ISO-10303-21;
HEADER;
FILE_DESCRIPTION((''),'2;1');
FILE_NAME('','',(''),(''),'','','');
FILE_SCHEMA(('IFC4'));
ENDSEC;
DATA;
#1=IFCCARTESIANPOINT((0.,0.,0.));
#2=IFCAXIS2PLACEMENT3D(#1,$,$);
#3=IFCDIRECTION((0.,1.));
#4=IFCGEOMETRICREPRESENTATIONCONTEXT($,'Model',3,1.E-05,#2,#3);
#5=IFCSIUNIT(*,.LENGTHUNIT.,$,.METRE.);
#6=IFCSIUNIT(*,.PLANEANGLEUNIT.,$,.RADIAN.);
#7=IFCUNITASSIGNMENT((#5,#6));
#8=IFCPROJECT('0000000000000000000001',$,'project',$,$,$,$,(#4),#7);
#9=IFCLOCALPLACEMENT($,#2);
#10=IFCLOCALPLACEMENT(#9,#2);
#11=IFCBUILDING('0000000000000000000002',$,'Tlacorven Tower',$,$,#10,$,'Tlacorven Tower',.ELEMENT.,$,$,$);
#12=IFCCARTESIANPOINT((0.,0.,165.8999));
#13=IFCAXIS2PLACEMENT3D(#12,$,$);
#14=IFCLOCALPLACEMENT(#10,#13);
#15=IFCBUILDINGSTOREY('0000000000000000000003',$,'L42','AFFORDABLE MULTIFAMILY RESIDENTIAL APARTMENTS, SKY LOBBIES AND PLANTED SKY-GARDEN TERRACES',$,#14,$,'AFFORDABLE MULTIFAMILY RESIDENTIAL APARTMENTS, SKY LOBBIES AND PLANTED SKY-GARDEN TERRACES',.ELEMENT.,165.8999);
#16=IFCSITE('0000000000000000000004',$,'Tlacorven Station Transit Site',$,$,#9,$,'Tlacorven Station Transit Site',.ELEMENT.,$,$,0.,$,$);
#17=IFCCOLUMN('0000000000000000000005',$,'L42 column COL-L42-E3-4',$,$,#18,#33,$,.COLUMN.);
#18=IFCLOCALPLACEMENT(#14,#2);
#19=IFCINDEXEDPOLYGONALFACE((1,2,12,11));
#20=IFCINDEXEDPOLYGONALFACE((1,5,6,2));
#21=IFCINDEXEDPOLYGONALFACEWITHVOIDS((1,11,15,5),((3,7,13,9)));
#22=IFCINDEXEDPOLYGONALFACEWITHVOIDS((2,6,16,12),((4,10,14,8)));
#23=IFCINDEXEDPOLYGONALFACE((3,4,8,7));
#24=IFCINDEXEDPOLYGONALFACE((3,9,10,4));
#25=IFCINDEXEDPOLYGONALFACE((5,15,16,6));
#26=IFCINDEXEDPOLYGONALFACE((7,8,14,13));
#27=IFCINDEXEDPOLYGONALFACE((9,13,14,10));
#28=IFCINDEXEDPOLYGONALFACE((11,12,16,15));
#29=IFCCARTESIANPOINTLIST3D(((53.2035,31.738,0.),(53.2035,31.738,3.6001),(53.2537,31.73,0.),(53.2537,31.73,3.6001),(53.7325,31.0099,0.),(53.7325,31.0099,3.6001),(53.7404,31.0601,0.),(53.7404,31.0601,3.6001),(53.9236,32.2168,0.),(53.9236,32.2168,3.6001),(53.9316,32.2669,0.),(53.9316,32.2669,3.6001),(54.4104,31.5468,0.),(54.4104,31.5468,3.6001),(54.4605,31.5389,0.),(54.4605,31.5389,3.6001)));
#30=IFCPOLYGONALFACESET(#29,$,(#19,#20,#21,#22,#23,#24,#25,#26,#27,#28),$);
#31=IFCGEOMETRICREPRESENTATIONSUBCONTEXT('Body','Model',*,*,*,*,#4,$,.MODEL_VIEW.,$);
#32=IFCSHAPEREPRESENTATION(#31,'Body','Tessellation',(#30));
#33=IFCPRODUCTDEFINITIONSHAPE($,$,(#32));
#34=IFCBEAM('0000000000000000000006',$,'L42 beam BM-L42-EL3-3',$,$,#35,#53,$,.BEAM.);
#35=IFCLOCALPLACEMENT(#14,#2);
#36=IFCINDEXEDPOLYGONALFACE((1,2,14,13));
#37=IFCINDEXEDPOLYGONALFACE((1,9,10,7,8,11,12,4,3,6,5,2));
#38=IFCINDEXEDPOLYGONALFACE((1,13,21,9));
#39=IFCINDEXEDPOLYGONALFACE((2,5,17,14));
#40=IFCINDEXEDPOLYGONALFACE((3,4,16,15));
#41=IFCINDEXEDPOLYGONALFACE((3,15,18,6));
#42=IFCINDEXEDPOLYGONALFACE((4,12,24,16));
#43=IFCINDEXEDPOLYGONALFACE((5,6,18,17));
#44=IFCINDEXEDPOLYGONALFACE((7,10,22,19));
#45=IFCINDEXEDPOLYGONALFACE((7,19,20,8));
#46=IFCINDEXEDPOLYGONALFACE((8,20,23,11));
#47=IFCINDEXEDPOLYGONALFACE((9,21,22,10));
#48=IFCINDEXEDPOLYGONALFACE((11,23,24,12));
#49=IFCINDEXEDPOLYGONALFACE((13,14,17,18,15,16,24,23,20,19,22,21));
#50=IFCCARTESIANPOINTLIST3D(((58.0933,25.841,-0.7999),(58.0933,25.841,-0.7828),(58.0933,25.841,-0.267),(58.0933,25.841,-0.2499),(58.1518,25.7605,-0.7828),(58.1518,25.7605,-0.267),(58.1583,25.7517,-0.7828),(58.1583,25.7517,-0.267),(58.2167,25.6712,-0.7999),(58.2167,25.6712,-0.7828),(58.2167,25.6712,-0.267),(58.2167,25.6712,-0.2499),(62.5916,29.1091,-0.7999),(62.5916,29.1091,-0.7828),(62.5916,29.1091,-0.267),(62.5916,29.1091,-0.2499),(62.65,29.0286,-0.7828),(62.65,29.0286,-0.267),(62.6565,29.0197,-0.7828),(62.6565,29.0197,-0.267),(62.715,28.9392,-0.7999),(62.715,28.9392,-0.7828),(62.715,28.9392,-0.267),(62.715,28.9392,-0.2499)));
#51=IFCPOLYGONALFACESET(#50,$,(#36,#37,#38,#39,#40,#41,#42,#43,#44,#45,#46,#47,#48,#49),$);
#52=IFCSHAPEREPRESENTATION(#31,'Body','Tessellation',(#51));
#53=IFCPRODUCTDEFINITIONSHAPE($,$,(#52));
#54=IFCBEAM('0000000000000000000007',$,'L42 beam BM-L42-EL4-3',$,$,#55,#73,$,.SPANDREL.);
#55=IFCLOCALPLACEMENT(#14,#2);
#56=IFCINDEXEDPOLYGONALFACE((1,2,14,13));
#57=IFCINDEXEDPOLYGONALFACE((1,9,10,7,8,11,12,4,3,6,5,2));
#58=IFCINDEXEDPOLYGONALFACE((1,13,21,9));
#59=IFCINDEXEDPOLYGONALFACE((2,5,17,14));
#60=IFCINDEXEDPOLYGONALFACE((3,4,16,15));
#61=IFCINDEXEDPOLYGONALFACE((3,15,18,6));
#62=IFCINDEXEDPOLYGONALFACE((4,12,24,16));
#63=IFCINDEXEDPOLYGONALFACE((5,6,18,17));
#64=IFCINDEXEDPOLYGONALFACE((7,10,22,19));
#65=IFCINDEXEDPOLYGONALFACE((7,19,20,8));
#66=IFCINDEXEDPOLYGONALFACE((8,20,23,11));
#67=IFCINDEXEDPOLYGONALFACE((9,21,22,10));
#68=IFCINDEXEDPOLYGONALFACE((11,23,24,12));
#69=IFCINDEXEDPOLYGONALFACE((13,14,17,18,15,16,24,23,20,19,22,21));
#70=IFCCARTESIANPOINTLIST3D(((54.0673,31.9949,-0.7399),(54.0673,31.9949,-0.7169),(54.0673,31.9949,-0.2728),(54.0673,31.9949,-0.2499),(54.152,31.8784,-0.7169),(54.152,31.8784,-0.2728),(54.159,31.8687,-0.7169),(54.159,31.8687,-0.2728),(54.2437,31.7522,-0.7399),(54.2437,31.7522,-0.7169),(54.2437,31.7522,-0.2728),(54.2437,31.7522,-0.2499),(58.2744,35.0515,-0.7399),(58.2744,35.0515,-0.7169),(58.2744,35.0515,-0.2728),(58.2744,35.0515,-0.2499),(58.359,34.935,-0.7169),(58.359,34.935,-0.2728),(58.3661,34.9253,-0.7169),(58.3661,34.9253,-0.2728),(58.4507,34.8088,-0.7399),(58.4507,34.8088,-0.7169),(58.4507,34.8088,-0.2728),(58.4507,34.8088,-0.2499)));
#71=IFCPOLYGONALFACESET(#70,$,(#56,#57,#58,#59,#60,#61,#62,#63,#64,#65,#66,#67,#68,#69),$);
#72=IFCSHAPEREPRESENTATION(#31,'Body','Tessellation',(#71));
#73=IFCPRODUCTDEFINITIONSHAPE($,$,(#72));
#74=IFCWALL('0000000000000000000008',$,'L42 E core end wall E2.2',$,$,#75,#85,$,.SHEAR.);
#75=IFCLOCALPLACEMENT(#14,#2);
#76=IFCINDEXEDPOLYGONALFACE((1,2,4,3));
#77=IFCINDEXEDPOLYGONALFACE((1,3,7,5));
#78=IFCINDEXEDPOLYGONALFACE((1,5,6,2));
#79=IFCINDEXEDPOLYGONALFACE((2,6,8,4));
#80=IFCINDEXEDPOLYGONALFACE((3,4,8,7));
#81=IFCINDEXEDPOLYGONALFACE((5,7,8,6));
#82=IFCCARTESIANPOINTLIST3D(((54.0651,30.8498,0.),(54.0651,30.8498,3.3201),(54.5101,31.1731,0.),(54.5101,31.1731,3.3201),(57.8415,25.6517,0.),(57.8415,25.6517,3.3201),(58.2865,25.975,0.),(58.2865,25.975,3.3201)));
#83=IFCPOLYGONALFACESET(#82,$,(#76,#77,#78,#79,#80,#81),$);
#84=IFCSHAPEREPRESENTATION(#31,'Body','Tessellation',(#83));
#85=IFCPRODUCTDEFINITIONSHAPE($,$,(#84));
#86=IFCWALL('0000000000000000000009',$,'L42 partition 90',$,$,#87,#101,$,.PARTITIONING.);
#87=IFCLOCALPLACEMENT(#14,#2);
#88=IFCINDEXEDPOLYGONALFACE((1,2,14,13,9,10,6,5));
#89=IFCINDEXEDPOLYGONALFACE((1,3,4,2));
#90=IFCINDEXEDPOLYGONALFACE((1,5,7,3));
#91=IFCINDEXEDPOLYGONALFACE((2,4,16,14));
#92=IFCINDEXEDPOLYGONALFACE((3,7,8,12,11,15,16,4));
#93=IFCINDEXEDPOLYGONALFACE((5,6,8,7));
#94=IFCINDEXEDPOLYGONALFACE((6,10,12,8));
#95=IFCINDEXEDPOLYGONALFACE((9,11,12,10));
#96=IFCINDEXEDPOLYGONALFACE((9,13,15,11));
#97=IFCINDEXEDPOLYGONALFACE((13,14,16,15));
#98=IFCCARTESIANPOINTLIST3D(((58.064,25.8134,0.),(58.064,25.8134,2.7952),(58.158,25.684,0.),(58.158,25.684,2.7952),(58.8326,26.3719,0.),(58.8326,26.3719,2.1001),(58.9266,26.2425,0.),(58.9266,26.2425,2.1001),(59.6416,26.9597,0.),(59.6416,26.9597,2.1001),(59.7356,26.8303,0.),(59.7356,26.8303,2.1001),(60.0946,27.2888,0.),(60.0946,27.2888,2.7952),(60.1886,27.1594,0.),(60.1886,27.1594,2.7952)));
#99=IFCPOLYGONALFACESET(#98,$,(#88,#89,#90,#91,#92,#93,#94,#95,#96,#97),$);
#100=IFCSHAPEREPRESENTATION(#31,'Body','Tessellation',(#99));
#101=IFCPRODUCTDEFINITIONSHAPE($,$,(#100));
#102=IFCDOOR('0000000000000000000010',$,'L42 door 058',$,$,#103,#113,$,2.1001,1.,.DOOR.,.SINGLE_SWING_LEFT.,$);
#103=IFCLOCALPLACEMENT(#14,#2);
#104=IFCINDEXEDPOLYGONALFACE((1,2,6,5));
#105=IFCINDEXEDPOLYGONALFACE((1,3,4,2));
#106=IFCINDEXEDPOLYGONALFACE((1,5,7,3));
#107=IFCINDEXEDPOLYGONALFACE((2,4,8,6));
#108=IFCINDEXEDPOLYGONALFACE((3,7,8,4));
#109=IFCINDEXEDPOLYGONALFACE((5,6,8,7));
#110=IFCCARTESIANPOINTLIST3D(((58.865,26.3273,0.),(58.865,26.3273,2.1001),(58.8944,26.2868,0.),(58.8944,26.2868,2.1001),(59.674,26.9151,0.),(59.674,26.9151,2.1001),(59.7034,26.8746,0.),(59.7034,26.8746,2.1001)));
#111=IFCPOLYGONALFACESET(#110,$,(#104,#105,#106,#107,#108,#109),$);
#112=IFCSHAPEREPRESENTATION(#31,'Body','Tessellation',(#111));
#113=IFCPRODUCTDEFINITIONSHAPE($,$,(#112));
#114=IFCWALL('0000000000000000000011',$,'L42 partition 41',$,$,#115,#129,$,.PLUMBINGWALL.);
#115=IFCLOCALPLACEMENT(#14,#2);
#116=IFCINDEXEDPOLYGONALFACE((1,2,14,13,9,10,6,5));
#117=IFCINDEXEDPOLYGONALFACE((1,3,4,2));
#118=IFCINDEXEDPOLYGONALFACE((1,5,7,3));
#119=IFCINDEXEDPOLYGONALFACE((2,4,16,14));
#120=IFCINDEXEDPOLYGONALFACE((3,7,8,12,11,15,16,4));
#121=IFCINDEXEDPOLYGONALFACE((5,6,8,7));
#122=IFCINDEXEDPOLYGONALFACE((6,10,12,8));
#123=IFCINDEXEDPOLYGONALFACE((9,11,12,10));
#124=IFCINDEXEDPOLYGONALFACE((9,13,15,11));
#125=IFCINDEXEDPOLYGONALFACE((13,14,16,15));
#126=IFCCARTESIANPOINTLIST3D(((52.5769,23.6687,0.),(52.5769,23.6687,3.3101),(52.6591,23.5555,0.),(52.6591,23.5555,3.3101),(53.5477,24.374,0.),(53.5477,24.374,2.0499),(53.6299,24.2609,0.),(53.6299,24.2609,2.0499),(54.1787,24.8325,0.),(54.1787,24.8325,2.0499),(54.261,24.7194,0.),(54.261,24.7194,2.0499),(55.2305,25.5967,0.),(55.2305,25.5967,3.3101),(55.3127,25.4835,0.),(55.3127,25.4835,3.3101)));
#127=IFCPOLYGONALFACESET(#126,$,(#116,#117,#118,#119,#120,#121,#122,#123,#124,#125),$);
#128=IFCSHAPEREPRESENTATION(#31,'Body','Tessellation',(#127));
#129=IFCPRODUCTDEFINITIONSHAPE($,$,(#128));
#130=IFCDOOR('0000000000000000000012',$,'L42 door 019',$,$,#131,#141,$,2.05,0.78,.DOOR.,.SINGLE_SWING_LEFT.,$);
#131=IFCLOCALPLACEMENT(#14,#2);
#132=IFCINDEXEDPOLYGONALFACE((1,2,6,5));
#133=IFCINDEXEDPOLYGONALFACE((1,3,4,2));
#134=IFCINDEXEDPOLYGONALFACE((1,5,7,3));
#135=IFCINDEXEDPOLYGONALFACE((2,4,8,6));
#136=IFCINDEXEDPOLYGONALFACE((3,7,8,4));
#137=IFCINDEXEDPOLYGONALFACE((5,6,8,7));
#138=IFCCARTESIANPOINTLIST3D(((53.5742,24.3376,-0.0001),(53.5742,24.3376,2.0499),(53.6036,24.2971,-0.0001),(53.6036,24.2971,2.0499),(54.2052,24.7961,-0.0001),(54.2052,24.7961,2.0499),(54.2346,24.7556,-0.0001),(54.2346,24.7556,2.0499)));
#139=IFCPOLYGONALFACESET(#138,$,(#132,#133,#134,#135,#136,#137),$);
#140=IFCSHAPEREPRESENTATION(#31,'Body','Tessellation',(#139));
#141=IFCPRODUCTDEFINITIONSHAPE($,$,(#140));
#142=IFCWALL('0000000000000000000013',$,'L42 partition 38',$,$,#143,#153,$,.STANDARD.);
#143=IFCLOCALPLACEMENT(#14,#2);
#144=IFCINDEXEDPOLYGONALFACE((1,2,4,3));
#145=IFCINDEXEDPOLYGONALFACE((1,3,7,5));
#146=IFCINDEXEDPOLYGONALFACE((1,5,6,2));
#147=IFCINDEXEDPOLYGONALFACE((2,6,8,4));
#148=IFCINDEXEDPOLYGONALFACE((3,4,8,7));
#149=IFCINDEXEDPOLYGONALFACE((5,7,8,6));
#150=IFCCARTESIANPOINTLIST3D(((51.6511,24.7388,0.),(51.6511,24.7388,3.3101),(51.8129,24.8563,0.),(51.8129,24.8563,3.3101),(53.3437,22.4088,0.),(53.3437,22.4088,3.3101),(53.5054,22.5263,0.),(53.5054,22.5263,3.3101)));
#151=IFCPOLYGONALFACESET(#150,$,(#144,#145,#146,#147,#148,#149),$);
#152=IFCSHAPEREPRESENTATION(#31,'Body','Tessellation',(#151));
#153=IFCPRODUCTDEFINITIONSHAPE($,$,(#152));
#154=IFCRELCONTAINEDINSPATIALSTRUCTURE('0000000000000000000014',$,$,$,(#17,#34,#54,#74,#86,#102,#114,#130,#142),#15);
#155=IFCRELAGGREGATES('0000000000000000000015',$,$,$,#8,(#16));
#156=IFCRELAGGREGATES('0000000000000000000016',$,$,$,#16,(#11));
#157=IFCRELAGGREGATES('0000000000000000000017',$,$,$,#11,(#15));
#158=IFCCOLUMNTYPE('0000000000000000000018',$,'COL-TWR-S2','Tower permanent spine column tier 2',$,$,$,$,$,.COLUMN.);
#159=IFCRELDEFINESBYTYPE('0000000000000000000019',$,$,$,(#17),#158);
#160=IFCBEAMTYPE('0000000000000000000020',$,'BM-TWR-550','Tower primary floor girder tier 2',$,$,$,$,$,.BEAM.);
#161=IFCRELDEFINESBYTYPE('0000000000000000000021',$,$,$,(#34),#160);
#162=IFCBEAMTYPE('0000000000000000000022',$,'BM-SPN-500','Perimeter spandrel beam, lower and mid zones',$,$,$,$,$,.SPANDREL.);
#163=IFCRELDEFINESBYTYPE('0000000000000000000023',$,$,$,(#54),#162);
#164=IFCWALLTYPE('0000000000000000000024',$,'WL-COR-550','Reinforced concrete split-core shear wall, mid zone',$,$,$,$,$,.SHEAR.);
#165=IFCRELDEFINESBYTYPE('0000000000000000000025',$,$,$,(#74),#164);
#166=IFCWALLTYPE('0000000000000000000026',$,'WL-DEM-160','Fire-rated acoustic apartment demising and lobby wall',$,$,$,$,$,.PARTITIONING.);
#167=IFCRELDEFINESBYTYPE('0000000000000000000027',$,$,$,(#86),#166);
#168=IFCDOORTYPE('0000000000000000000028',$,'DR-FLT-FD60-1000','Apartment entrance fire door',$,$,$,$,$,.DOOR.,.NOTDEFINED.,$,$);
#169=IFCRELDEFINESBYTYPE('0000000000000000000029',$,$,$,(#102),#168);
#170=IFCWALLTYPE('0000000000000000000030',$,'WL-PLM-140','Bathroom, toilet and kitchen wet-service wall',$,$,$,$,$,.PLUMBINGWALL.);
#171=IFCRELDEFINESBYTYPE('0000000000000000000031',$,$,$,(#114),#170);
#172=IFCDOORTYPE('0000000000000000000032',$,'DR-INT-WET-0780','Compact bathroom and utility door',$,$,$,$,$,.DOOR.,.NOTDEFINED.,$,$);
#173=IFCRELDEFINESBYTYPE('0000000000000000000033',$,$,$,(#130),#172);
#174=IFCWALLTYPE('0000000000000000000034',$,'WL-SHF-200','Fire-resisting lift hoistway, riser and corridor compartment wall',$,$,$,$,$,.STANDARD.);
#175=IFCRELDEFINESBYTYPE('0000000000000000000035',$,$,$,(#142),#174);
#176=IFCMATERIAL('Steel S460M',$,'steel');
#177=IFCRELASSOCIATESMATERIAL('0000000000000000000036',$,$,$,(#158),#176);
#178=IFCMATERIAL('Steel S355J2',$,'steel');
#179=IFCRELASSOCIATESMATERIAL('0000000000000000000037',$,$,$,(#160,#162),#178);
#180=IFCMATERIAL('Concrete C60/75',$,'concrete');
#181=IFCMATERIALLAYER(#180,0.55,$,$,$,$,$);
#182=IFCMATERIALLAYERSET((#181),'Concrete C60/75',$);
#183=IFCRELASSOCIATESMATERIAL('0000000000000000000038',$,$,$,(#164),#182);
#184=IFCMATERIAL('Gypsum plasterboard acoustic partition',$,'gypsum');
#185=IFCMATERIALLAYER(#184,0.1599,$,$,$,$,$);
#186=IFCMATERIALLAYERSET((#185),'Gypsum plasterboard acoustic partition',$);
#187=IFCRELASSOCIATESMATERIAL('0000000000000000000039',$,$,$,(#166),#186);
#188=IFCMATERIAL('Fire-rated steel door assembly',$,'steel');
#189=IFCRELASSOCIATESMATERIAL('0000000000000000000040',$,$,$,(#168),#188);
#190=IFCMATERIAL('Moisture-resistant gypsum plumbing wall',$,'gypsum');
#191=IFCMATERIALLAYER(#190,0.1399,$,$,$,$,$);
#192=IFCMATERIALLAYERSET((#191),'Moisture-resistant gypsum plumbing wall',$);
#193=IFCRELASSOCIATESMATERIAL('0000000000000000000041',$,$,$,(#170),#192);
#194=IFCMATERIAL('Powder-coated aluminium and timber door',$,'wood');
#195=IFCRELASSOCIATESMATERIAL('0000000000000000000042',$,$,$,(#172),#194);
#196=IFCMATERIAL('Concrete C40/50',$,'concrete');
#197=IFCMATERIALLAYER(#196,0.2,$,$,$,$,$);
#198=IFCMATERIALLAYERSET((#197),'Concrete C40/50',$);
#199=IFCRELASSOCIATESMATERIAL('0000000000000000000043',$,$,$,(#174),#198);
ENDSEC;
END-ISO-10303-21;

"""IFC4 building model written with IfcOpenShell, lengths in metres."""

from ifc_helpers import new_model, si_unit, direction, frame, frame_2d, origin, origin_2d, place, context, subcontext, project, spatial, rectangle, hollow_rectangle, i_section, extrude, source, transform, mapped, material, layer, layer_set, material_profile, profile_set, type_object, element, fill, save


model = new_model("IFC4")

# Units and contexts
model_context = context("Model", 3, precision=1e-05, world=origin(), true_north=direction((0.0, 1.0)))
body_context = subcontext(model_context, "Body", "Model", "MODEL_VIEW")
ifc_project = project(units=[si_unit("LENGTHUNIT", "METRE"), si_unit("PLANEANGLEUNIT", "RADIAN")], contexts=[model_context])

# Site, building, storey
site_placement = place(None, origin())
site = spatial("IfcSite", under=ifc_project, at=site_placement, Name="Tlacorven Station Transit Site", LongName="Tlacorven Station Transit Site", CompositionType="ELEMENT", RefElevation=0.0)
building_placement = place(site_placement, origin())
building = spatial("IfcBuilding", under=site, at=building_placement, Name="Tlacorven Tower", LongName="Tlacorven Tower", CompositionType="ELEMENT")
storey_placement = place(building_placement, frame((0.0, 0.0, 165.8999)))
storey = spatial("IfcBuildingStorey", under=building, at=storey_placement, Name="L42", Description="AFFORDABLE MULTIFAMILY RESIDENTIAL APARTMENTS, SKY LOBBIES AND PLANTED SKY-GARDEN TERRACES", LongName="AFFORDABLE MULTIFAMILY RESIDENTIAL APARTMENTS, SKY LOBBIES AND PLANTED SKY-GARDEN TERRACES", CompositionType="ELEMENT", Elevation=165.8999)

# Column
ifc_material_1 = material(Name="Steel S460M", Category="steel")
ifc_material_profile_1 = material_profile(ifc_material_1, hollow_rectangle(XDim=0.8999, YDim=0.8999, WallThickness=0.0359, at=origin_2d()), Name="BOX 900X900X36")
ifc_profile_set_1 = profile_set([ifc_material_profile_1], Name="Steel S460M")
column_type = type_object("IfcColumnType", Name="COL-TWR-S2", Description="Tower permanent spine column tier 2", PredefinedType="COLUMN", material=ifc_profile_set_1)
shared_shape_1 = source(origin(), body_context, "Body", "SweptSolid", [
    extrude(hollow_rectangle(XDim=0.8999, YDim=0.8999, WallThickness=0.0359, at=origin_2d()), origin(), (0.0, 0.0, 1.0), 3.6001),
])
column_placement = place(storey_placement, frame((53.832, 31.6384, 0.0), z_axis=(0.0, 0.0, 1.0), x_axis=(0.809017, 0.587785, 0.0)))
element("IfcColumn", 1, at=column_placement, inside=storey, type_object=column_type, Name="L42 column COL-L42-E3-4", PredefinedType="COLUMN", context=body_context, shape_type="MappedRepresentation", body=[
    mapped(shared_shape_1, transform((0.0, 0.0, 0.0), scale=1.0)),
])

# Beams
ifc_material_2 = material(Name="Steel S355J2", Category="steel")
ifc_material_profile_2 = material_profile(ifc_material_2, i_section(OverallWidth=0.21, OverallDepth=0.55, WebThickness=0.011, FlangeThickness=0.0171, at=origin_2d()), Name="IPE 550")
ifc_profile_set_2 = profile_set([ifc_material_profile_2], Name="Steel S355J2")
beam_type_1 = type_object("IfcBeamType", Name="BM-TWR-550", Description="Tower primary floor girder tier 2", PredefinedType="BEAM", material=ifc_profile_set_2)
shared_shape_2 = source(origin(), body_context, "Body", "SweptSolid", [
    extrude(i_section(OverallWidth=0.21, OverallDepth=0.55, WebThickness=0.011, FlangeThickness=0.0171, at=origin_2d()), origin(), (0.0, 0.0, 1.0), 5.5601),
])
beam_1_placement = place(storey_placement, frame((58.155, 25.7561, -0.5249), z_axis=(0.809028, 0.58777, 0.0), x_axis=(-0.58777, 0.809028, 0.0)))
element("IfcBeam", 2, at=beam_1_placement, inside=storey, type_object=beam_type_1, Name="L42 beam BM-L42-EL3-3", PredefinedType="BEAM", context=body_context, shape_type="MappedRepresentation", body=[
    mapped(shared_shape_2, transform((0.0, 0.0, 0.0), scale=1.0)),
])
ifc_material_profile_3 = material_profile(ifc_material_2, i_section(OverallWidth=0.3, OverallDepth=0.49, WebThickness=0.012, FlangeThickness=0.0229, at=origin_2d()), Name="HEA 500")
ifc_profile_set_3 = profile_set([ifc_material_profile_3], Name="Steel S355J2")
beam_type_2 = type_object("IfcBeamType", Name="BM-SPN-500", Description="Perimeter spandrel beam, lower and mid zones", PredefinedType="SPANDREL", material=ifc_profile_set_3)
shared_shape_3 = source(origin(), body_context, "Body", "SweptSolid", [
    extrude(i_section(OverallWidth=0.3, OverallDepth=0.49, WebThickness=0.012, FlangeThickness=0.0229, at=origin_2d()), origin(), (0.0, 0.0, 1.0), 5.2002),
])
beam_2_placement = place(storey_placement, frame((54.1555, 31.8735, -0.4949), z_axis=(0.809012, 0.587792, 0.0), x_axis=(-0.587792, 0.809012, 0.0)))
element("IfcBeam", 3, at=beam_2_placement, inside=storey, type_object=beam_type_2, Name="L42 beam BM-L42-EL4-3", PredefinedType="SPANDREL", context=body_context, shape_type="MappedRepresentation", body=[
    mapped(shared_shape_3, transform((0.0, 0.0, 0.0), scale=1.0)),
])

# Wall
ifc_material_3 = material(Name="Concrete C60/75", Category="concrete")
ifc_layer_1 = layer(ifc_material_3, 0.55)
ifc_layer_set_1 = layer_set([ifc_layer_1], Name="Concrete C60/75")
wall_type_1 = type_object("IfcWallType", Name="WL-COR-550", Description="Reinforced concrete split-core shear wall, mid zone", PredefinedType="SHEAR", material=ifc_layer_set_1)
wall_1_placement = place(storey_placement, frame((58.064, 25.8135, 0.0), z_axis=(0.0, 0.0, 1.0), x_axis=(-0.587765, 0.809032, 0.0)))
element("IfcWall", 4, at=wall_1_placement, inside=storey, type_object=wall_type_1, Name="L42 E core end wall E2.2", PredefinedType="SHEAR", context=body_context, shape_type="SweptSolid", body=[
    extrude(rectangle(XDim=6.425, YDim=0.55, at=frame_2d((3.2124, 0.0))), origin(), (0.0, 0.0, 1.0), 3.3201),
])

# Walls, openings, doors
ifc_material_4 = material(Name="Gypsum plasterboard acoustic partition", Category="gypsum")
ifc_layer_2 = layer(ifc_material_4, 0.1599)
ifc_layer_set_2 = layer_set([ifc_layer_2], Name="Gypsum plasterboard acoustic partition")
wall_type_2 = type_object("IfcWallType", Name="WL-DEM-160", Description="Fire-rated acoustic apartment demising and lobby wall", PredefinedType="PARTITIONING", material=ifc_layer_set_2)
wall_2_placement = place(storey_placement, frame((58.1111, 25.7488, 0.0), z_axis=(0.0, 0.0, 1.0), x_axis=(0.809001, 0.587807, 0.0)))
wall_2 = element("IfcWall", 5, at=wall_2_placement, inside=storey, type_object=wall_type_2, Name="L42 partition 90", PredefinedType="PARTITIONING", context=body_context, shape_type="SweptSolid", body=[
    extrude(rectangle(XDim=2.51, YDim=0.1599, at=frame_2d((1.2549, 0.0))), origin(), (0.0, 0.0, 1.0), 2.7952),
])
opening_1_placement = place(wall_2_placement, frame((0.95, 0.0, 0.0)))
opening_1 = element("IfcOpeningElement", 6, at=opening_1_placement, cuts=wall_2, PredefinedType="OPENING", context=body_context, shape_type="SweptSolid", body=[
    extrude(rectangle(XDim=1.0, YDim=2.1001, at=frame_2d((0.5, 1.05))), frame((0.0, 0.0898, 0.0), z_axis=(0.0, -1.0, 0.0), x_axis=(1.0, 0.0, 0.0)), (0.0, 0.0, 1.0), 0.1799),
])
ifc_material_5 = material(Name="Fire-rated steel door assembly", Category="steel")
door_type_1 = type_object("IfcDoorType", Name="DR-FLT-FD60-1000", Description="Apartment entrance fire door", OperationType="NOTDEFINED", PredefinedType="DOOR", material=ifc_material_5)
shared_shape_4 = source(origin(), body_context, "Body", "SweptSolid", [
    extrude(rectangle(XDim=1.0, YDim=2.1001, at=frame_2d((0.5, 1.05))), frame((0.0, 0.0249, 0.0), z_axis=(0.0, -1.0, 0.0), x_axis=(1.0, 0.0, 0.0)), (0.0, 0.0, 1.0), 0.05),
])
door_1_placement = place(opening_1_placement, origin())
door_1 = element("IfcDoor", 7, at=door_1_placement, inside=storey, type_object=door_type_1, Name="L42 door 058", OperationType="SINGLE_SWING_LEFT", OverallHeight=2.1001, OverallWidth=1.0, PredefinedType="DOOR", context=body_context, shape_type="MappedRepresentation", body=[
    mapped(shared_shape_4, transform((0.0, 0.0, 0.0), scale=1.0)),
])
fill(opening_1, door_1)
ifc_material_6 = material(Name="Moisture-resistant gypsum plumbing wall", Category="gypsum")
ifc_layer_3 = layer(ifc_material_6, 0.1399)
ifc_layer_set_3 = layer_set([ifc_layer_3], Name="Moisture-resistant gypsum plumbing wall")
wall_type_3 = type_object("IfcWallType", Name="WL-PLM-140", Description="Bathroom, toilet and kitchen wet-service wall", PredefinedType="PLUMBINGWALL", material=ifc_layer_set_3)
wall_3_placement = place(storey_placement, frame((52.6179, 23.6121, 0.0), z_axis=(0.0, 0.0, 1.0), x_axis=(0.80901, 0.587795, 0.0)))
wall_3 = element("IfcWall", 8, at=wall_3_placement, inside=storey, type_object=wall_type_3, Name="L42 partition 41", PredefinedType="PLUMBINGWALL", context=body_context, shape_type="SweptSolid", body=[
    extrude(rectangle(XDim=3.28, YDim=0.1399, at=frame_2d((1.6401, 0.0))), origin(), (0.0, 0.0, 1.0), 3.3101),
])
opening_2_placement = place(wall_3_placement, frame((1.2, 0.0, 0.0)))
opening_2 = element("IfcOpeningElement", 9, at=opening_2_placement, cuts=wall_3, PredefinedType="OPENING", context=body_context, shape_type="SweptSolid", body=[
    extrude(rectangle(XDim=0.78, YDim=2.05, at=frame_2d((0.3901, 1.0249))), frame((0.0, 0.0801, 0.0), z_axis=(0.0, -1.0, 0.0), x_axis=(1.0, 0.0, 0.0)), (0.0, 0.0, 1.0), 0.1599),
])
ifc_material_7 = material(Name="Powder-coated aluminium and timber door", Category="wood")
door_type_2 = type_object("IfcDoorType", Name="DR-INT-WET-0780", Description="Compact bathroom and utility door", OperationType="NOTDEFINED", PredefinedType="DOOR", material=ifc_material_7)
shared_shape_5 = source(origin(), body_context, "Body", "SweptSolid", [
    extrude(rectangle(XDim=0.78, YDim=2.05, at=frame_2d((0.3901, 1.0249))), frame((0.0, 0.0249, 0.0), z_axis=(0.0, -1.0, 0.0), x_axis=(1.0, 0.0, 0.0)), (0.0, 0.0, 1.0), 0.05),
])
door_2_placement = place(opening_2_placement, origin())
door_2 = element("IfcDoor", 10, at=door_2_placement, inside=storey, type_object=door_type_2, Name="L42 door 019", OperationType="SINGLE_SWING_LEFT", OverallHeight=2.05, OverallWidth=0.78, PredefinedType="DOOR", context=body_context, shape_type="MappedRepresentation", body=[
    mapped(shared_shape_5, transform((0.0, 0.0, 0.0), scale=1.0)),
])
fill(opening_2, door_2)

# Shared definitions
ifc_material_8 = material(Name="Concrete C40/50", Category="concrete")
ifc_layer_4 = layer(ifc_material_8, 0.2)
ifc_layer_set_4 = layer_set([ifc_layer_4], Name="Concrete C40/50")
wall_type_4 = type_object("IfcWallType", Name="WL-SHF-200", Description="Fire-resisting lift hoistway, riser and corridor compartment wall", PredefinedType="STANDARD", material=ifc_layer_set_4)

# Wall
wall_4_placement = place(storey_placement, frame((53.4246, 22.4675, 0.0), z_axis=(0.0, 0.0, 1.0), x_axis=(-0.587723, 0.809062, 0.0)))
element("IfcWall", 11, at=wall_4_placement, inside=storey, type_object=wall_type_4, Name="L42 partition 38", PredefinedType="STANDARD", context=body_context, shape_type="SweptSolid", body=[
    extrude(rectangle(XDim=2.8799, YDim=0.2, at=frame_2d((1.4399, 0.0))), origin(), (0.0, 0.0, 1.0), 3.3101),
])

save(model, "model.ifc")
